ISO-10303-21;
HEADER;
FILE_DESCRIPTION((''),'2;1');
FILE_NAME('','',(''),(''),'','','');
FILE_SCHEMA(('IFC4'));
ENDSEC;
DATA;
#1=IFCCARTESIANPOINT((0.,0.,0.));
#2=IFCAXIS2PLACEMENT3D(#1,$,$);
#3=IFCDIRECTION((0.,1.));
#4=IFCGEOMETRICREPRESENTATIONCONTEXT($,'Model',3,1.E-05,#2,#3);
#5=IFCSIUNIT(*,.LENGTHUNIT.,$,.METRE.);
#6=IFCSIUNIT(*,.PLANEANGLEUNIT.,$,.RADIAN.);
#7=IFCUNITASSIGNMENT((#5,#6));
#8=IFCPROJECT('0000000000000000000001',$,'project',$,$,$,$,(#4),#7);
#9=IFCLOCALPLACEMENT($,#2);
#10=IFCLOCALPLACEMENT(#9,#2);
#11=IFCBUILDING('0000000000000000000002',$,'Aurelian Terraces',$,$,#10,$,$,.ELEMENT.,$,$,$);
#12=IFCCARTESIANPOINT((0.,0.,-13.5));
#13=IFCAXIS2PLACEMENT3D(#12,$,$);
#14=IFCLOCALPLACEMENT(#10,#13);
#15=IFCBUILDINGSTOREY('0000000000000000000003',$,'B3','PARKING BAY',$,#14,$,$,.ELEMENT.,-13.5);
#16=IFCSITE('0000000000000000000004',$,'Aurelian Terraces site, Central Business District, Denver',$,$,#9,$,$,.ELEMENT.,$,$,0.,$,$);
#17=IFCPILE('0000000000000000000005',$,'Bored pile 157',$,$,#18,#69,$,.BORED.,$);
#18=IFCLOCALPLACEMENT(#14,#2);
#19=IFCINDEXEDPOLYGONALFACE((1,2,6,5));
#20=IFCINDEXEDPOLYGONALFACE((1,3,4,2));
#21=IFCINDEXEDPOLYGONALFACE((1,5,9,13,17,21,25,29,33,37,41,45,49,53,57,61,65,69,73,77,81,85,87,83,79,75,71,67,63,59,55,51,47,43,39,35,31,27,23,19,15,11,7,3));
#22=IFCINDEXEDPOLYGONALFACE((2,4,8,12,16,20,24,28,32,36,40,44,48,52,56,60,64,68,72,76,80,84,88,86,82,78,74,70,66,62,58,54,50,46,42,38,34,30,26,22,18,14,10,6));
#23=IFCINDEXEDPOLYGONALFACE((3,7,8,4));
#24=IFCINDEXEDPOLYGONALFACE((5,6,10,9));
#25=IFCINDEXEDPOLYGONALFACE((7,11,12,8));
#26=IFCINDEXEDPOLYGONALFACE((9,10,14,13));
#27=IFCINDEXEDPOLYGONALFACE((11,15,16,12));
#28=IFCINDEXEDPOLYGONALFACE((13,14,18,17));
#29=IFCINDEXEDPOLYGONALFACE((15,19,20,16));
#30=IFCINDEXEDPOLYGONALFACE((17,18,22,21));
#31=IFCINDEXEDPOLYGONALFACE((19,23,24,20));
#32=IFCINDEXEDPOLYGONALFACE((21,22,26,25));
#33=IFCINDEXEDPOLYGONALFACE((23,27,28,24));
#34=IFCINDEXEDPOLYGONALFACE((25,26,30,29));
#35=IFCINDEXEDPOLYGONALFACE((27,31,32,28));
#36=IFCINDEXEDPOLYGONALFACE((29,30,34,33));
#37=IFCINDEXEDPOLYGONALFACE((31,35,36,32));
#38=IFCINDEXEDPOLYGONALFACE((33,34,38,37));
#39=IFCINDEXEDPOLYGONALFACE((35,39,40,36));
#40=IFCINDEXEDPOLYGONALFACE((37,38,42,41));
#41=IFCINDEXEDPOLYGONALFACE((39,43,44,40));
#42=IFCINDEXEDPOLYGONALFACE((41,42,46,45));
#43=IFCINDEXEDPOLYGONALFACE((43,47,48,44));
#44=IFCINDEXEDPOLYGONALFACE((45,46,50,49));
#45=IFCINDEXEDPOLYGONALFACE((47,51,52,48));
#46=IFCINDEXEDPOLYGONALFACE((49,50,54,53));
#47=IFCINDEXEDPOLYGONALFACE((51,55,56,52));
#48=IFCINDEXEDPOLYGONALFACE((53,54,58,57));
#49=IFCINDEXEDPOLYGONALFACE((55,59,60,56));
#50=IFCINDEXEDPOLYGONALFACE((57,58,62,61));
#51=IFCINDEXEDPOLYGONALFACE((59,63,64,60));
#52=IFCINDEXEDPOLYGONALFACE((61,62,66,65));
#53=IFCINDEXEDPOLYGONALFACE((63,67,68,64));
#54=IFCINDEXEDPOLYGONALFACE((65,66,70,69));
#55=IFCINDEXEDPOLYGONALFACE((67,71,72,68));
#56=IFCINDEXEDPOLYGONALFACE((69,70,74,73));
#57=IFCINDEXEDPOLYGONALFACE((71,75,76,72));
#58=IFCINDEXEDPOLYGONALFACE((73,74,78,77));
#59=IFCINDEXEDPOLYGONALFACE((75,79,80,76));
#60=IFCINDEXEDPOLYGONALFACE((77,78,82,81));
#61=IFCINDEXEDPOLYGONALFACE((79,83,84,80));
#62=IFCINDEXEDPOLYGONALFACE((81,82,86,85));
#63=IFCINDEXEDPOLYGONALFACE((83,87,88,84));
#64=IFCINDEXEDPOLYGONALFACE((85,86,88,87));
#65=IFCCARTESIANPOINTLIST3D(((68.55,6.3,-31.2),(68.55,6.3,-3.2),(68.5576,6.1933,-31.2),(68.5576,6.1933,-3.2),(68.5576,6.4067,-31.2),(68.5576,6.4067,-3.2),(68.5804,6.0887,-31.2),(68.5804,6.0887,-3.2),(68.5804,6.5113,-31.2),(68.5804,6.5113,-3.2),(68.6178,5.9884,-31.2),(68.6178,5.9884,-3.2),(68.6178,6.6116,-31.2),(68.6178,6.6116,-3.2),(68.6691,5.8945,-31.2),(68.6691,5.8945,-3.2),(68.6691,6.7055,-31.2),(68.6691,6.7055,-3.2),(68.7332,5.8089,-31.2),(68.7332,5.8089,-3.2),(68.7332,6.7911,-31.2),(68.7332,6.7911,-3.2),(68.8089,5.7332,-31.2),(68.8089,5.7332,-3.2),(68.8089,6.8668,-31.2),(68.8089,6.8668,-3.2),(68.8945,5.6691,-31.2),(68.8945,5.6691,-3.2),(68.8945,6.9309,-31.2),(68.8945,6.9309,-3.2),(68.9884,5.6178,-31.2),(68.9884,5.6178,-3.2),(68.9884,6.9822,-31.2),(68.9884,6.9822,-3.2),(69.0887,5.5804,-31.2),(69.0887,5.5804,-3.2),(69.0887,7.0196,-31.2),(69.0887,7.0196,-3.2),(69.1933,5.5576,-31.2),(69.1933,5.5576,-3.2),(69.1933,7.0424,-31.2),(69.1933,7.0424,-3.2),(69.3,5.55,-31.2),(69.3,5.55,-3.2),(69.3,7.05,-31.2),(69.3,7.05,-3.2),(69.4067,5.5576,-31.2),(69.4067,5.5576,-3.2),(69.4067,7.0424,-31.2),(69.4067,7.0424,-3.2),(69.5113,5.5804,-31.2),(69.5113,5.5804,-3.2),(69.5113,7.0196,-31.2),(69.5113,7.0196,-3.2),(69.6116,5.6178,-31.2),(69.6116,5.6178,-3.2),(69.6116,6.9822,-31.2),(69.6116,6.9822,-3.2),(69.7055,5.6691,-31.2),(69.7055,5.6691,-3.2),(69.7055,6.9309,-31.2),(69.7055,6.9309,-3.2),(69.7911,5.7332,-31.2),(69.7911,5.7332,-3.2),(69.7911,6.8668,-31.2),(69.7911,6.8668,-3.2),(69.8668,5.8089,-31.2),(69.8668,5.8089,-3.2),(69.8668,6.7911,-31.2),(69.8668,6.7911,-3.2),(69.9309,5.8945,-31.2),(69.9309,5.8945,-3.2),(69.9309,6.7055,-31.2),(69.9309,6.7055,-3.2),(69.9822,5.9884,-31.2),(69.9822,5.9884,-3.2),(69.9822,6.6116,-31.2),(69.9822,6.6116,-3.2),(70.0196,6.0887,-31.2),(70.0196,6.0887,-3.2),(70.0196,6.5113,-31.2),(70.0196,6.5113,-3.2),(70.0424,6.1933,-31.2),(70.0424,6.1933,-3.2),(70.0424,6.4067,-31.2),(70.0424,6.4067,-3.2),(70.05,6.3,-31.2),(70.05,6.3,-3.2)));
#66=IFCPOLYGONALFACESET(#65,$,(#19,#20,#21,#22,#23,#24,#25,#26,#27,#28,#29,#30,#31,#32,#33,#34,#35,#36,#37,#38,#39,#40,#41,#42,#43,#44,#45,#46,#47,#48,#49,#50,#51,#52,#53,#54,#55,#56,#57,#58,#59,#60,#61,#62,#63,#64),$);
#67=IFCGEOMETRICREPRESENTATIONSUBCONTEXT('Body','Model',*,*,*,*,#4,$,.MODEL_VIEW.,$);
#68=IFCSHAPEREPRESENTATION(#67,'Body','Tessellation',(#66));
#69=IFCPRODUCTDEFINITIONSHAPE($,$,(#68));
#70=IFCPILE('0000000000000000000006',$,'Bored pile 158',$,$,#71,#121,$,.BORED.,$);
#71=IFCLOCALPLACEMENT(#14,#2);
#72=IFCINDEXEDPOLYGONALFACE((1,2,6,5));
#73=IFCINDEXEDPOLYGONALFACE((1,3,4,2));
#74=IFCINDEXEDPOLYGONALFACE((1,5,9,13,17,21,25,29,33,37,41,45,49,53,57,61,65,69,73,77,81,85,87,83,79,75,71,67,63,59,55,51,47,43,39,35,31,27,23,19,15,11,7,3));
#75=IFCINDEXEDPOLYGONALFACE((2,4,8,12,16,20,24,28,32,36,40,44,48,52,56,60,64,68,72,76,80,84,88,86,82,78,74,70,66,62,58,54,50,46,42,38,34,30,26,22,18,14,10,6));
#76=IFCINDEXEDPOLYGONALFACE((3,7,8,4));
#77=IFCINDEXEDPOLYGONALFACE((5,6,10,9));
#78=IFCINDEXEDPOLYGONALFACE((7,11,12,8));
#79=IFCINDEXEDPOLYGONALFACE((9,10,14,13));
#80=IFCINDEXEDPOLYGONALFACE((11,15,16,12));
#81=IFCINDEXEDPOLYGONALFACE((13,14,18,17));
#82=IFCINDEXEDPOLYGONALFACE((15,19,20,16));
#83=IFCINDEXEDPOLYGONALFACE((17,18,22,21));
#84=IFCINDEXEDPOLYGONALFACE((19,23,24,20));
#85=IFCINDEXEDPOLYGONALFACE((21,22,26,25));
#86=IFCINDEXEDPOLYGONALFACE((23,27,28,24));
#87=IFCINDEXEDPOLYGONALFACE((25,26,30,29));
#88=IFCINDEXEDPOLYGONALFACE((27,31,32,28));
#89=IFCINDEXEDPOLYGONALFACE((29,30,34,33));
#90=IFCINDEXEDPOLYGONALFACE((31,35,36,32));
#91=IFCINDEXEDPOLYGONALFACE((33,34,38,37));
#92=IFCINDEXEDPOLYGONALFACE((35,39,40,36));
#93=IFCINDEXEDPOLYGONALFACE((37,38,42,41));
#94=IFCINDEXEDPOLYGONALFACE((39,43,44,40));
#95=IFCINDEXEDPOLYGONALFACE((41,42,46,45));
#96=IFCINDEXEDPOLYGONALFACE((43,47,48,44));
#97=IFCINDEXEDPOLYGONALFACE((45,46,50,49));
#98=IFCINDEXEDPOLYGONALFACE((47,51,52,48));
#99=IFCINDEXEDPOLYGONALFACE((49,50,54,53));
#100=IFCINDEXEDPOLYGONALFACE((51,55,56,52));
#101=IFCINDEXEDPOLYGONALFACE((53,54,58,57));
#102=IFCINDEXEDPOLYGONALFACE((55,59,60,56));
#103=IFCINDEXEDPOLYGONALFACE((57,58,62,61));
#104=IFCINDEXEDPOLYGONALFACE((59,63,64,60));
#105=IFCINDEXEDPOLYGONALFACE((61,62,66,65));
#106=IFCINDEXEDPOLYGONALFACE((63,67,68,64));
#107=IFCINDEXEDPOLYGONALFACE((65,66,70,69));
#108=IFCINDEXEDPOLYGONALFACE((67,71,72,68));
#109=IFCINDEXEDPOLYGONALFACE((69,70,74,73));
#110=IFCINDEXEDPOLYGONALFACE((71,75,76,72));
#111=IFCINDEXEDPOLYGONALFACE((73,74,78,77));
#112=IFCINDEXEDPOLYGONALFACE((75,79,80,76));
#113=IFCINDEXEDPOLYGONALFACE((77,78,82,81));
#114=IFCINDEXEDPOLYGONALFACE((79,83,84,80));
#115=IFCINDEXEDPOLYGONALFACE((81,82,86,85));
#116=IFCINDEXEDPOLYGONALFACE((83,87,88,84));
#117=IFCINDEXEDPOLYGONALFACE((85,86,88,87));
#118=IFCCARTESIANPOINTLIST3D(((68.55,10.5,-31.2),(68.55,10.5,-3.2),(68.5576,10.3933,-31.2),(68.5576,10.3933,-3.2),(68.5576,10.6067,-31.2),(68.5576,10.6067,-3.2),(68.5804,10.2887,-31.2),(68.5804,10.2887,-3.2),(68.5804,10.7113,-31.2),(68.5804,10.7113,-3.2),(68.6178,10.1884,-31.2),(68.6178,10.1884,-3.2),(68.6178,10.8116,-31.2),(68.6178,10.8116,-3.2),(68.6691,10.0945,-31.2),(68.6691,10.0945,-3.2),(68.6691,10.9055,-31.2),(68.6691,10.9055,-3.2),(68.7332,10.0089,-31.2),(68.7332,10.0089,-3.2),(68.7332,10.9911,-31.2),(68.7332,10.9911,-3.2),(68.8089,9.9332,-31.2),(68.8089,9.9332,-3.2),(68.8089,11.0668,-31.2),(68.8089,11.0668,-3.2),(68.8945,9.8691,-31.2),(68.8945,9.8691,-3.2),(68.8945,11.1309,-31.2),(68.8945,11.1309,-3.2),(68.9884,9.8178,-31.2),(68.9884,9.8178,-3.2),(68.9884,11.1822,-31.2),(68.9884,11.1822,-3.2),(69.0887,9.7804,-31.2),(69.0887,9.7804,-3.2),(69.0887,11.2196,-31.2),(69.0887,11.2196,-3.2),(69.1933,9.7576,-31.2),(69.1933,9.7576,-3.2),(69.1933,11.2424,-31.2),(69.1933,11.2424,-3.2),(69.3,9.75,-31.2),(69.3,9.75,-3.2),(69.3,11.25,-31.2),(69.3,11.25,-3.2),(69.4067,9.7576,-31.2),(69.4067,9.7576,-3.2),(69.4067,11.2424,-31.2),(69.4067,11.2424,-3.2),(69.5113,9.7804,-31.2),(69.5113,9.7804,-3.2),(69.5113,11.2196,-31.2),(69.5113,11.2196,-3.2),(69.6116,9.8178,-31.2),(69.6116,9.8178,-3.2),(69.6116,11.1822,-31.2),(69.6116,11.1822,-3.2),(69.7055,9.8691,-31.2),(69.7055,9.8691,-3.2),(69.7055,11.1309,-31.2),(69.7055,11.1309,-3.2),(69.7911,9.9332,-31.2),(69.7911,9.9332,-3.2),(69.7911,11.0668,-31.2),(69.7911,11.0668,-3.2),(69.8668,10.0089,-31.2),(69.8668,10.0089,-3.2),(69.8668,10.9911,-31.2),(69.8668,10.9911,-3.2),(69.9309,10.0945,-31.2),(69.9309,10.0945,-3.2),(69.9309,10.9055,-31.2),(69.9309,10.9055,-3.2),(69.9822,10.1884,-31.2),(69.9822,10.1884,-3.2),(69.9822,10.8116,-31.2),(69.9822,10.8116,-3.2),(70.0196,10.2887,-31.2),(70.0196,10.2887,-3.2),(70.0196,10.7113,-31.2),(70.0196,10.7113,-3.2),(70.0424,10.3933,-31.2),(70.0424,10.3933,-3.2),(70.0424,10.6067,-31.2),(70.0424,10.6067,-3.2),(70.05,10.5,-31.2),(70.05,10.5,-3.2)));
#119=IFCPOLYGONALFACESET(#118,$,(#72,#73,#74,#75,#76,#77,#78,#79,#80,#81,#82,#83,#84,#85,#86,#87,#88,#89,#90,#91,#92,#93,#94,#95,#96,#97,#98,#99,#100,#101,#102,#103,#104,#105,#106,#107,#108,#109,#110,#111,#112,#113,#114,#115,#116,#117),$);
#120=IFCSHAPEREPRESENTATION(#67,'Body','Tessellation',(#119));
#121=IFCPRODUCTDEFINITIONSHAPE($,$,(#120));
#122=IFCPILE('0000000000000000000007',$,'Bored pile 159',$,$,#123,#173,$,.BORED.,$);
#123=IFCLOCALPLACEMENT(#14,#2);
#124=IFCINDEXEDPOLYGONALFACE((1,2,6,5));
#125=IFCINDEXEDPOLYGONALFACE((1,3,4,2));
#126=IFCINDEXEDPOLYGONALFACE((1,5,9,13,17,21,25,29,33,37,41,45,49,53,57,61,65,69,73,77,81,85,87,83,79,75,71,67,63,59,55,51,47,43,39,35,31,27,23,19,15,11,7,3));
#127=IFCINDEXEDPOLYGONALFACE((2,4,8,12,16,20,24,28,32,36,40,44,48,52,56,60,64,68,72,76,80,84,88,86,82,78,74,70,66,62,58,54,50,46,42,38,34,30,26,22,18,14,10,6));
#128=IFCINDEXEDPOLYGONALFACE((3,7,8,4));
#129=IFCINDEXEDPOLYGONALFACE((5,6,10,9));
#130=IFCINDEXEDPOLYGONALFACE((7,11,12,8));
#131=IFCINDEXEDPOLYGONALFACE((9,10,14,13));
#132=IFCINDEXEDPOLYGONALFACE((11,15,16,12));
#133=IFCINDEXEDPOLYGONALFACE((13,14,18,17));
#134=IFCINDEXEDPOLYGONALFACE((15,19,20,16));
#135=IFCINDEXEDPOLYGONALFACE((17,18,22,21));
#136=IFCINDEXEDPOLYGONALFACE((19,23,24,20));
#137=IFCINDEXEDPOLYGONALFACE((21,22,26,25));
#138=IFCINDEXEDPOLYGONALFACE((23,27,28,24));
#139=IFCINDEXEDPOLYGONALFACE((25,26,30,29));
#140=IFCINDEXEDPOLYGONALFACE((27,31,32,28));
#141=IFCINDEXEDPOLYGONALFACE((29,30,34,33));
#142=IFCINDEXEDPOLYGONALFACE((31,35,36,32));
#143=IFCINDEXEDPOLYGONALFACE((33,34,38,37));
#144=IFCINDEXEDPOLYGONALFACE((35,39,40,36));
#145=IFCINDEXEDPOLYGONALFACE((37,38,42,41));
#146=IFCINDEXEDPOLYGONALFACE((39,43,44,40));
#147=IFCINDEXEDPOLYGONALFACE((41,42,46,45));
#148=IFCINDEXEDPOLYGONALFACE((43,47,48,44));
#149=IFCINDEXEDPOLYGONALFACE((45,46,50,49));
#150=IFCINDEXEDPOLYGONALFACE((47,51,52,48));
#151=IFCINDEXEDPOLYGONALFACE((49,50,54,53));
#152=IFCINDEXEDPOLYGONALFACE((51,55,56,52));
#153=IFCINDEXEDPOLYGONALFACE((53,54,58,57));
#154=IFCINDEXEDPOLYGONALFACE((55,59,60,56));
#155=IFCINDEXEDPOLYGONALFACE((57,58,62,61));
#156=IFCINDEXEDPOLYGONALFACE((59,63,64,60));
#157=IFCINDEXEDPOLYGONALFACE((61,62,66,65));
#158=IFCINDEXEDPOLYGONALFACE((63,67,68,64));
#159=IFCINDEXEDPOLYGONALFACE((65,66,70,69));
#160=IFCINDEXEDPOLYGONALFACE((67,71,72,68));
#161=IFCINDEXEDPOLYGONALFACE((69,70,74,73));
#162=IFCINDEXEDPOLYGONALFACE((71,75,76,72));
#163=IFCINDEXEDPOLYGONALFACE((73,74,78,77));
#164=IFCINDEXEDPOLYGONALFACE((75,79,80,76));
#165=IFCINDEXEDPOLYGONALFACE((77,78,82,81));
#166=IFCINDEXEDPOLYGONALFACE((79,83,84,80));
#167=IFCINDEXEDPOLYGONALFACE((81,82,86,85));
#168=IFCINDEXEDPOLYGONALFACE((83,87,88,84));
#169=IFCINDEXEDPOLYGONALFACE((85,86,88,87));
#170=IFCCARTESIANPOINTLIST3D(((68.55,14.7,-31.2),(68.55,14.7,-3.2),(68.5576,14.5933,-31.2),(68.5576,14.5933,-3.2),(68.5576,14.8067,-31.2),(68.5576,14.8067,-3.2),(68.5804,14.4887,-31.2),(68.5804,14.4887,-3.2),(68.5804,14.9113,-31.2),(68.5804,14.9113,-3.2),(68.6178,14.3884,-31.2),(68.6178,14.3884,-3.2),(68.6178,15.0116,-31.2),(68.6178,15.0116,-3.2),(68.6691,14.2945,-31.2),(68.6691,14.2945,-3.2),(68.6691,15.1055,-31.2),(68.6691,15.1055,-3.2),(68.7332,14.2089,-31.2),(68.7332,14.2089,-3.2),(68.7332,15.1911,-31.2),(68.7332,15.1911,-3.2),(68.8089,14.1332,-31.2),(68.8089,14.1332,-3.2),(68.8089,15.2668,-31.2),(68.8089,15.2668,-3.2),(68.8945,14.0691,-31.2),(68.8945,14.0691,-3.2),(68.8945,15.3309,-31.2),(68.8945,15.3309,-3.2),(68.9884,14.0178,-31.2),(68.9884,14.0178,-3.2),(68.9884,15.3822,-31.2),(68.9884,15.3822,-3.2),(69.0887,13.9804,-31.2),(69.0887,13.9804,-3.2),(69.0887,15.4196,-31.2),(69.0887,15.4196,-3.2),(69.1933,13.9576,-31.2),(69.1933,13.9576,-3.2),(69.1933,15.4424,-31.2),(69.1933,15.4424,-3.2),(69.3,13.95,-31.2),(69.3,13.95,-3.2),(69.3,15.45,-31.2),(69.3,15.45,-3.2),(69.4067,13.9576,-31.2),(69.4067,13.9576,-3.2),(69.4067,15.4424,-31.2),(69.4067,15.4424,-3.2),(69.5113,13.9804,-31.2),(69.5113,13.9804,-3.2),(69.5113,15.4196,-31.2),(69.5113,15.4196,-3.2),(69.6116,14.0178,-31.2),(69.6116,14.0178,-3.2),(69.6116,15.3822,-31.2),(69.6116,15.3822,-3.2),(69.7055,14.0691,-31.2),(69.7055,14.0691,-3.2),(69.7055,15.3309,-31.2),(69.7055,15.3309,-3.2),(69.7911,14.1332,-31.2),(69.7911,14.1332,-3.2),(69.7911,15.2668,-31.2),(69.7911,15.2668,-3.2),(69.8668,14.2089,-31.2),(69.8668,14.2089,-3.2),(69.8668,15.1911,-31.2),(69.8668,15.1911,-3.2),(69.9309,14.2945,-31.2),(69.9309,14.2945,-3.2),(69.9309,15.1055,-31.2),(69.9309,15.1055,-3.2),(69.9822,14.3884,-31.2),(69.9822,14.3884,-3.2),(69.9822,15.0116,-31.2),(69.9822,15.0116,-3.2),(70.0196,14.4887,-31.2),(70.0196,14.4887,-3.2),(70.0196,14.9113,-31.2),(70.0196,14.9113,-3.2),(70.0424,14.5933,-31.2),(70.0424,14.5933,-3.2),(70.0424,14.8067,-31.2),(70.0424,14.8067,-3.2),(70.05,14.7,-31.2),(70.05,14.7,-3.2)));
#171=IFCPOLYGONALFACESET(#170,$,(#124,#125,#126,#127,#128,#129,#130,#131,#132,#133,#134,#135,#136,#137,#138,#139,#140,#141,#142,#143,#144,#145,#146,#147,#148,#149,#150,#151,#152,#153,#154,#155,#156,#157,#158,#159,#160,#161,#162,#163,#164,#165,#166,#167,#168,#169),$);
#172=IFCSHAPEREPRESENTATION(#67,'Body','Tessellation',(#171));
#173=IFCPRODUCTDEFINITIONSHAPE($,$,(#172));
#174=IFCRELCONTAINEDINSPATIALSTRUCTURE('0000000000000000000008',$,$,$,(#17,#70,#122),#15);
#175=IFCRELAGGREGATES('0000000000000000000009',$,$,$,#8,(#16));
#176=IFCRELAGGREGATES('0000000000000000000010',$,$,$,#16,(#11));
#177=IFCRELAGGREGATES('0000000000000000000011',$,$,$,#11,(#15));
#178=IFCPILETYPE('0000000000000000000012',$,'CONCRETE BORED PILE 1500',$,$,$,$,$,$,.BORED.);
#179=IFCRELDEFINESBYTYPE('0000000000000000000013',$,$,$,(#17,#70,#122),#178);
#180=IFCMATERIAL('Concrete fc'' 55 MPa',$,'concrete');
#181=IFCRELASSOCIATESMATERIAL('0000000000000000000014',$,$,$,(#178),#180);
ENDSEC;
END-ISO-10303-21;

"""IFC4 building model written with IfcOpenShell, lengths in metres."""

from ifc_helpers import new_model, si_unit, direction, frame, origin, origin_2d, place, context, subcontext, project, spatial, circle, extrude, source, transform, mapped, material, material_profile, profile_set, type_object, element, save


model = new_model("IFC4")

# Units and contexts
model_context = context("Model", 3, precision=1e-05, world=origin(), true_north=direction((0.0, 1.0)))
body_context = subcontext(model_context, "Body", "Model", "MODEL_VIEW")
ifc_project = project(units=[si_unit("LENGTHUNIT", "METRE"), si_unit("PLANEANGLEUNIT", "RADIAN")], contexts=[model_context])

# Site, building, storey
site_placement = place(None, origin())
site = spatial("IfcSite", under=ifc_project, at=site_placement, Name="Aurelian Terraces site, Central Business District, Denver", CompositionType="ELEMENT", RefElevation=0.0)
building_placement = place(site_placement, origin())
building = spatial("IfcBuilding", under=site, at=building_placement, Name="Aurelian Terraces", CompositionType="ELEMENT")
storey_placement = place(building_placement, frame((0.0, 0.0, -13.5)))
storey = spatial("IfcBuildingStorey", under=building, at=storey_placement, Name="B3", Description="PARKING BAY", CompositionType="ELEMENT", Elevation=-13.5)

# Piles
ifc_material_1 = material(Name="Concrete fc' 55 MPa", Category="concrete")
ifc_material_profile_1 = material_profile(ifc_material_1, circle(Radius=0.75, at=origin_2d()))
ifc_profile_set_1 = profile_set([ifc_material_profile_1], Name="Concrete fc' 55 MPa")
pile_type = type_object("IfcPileType", Name="CONCRETE BORED PILE 1500", PredefinedType="BORED", material=ifc_profile_set_1)
shared_shape_1 = source(origin(), body_context, "Body", "SweptSolid", [
    extrude(circle(Radius=0.75, at=origin_2d()), origin(), (0.0, 0.0, 1.0), 28.0),
])
for number, where, z_axis, x_axis, name in (
    (1, (69.3, 6.3, -3.2), (0.0, 0.0, -1.0), (1.0, 0.0, 0.0), "Bored pile 157"),
    (2, (69.3, 10.5, -3.2), (0.0, 0.0, -1.0), (1.0, 0.0, 0.0), "Bored pile 158"),
    (3, (69.3, 14.7, -3.2), (0.0, 0.0, -1.0), (1.0, 0.0, 0.0), "Bored pile 159"),
):
    element("IfcPile", number, at=place(storey_placement, frame(where, z_axis=z_axis, x_axis=x_axis)), inside=storey, type_object=pile_type, Name=name, PredefinedType="BORED", context=body_context, shape_type="MappedRepresentation", body=[
        mapped(shared_shape_1, transform((0.0, 0.0, 0.0), scale=1.0)),
    ])

save(model, "model.ifc")
